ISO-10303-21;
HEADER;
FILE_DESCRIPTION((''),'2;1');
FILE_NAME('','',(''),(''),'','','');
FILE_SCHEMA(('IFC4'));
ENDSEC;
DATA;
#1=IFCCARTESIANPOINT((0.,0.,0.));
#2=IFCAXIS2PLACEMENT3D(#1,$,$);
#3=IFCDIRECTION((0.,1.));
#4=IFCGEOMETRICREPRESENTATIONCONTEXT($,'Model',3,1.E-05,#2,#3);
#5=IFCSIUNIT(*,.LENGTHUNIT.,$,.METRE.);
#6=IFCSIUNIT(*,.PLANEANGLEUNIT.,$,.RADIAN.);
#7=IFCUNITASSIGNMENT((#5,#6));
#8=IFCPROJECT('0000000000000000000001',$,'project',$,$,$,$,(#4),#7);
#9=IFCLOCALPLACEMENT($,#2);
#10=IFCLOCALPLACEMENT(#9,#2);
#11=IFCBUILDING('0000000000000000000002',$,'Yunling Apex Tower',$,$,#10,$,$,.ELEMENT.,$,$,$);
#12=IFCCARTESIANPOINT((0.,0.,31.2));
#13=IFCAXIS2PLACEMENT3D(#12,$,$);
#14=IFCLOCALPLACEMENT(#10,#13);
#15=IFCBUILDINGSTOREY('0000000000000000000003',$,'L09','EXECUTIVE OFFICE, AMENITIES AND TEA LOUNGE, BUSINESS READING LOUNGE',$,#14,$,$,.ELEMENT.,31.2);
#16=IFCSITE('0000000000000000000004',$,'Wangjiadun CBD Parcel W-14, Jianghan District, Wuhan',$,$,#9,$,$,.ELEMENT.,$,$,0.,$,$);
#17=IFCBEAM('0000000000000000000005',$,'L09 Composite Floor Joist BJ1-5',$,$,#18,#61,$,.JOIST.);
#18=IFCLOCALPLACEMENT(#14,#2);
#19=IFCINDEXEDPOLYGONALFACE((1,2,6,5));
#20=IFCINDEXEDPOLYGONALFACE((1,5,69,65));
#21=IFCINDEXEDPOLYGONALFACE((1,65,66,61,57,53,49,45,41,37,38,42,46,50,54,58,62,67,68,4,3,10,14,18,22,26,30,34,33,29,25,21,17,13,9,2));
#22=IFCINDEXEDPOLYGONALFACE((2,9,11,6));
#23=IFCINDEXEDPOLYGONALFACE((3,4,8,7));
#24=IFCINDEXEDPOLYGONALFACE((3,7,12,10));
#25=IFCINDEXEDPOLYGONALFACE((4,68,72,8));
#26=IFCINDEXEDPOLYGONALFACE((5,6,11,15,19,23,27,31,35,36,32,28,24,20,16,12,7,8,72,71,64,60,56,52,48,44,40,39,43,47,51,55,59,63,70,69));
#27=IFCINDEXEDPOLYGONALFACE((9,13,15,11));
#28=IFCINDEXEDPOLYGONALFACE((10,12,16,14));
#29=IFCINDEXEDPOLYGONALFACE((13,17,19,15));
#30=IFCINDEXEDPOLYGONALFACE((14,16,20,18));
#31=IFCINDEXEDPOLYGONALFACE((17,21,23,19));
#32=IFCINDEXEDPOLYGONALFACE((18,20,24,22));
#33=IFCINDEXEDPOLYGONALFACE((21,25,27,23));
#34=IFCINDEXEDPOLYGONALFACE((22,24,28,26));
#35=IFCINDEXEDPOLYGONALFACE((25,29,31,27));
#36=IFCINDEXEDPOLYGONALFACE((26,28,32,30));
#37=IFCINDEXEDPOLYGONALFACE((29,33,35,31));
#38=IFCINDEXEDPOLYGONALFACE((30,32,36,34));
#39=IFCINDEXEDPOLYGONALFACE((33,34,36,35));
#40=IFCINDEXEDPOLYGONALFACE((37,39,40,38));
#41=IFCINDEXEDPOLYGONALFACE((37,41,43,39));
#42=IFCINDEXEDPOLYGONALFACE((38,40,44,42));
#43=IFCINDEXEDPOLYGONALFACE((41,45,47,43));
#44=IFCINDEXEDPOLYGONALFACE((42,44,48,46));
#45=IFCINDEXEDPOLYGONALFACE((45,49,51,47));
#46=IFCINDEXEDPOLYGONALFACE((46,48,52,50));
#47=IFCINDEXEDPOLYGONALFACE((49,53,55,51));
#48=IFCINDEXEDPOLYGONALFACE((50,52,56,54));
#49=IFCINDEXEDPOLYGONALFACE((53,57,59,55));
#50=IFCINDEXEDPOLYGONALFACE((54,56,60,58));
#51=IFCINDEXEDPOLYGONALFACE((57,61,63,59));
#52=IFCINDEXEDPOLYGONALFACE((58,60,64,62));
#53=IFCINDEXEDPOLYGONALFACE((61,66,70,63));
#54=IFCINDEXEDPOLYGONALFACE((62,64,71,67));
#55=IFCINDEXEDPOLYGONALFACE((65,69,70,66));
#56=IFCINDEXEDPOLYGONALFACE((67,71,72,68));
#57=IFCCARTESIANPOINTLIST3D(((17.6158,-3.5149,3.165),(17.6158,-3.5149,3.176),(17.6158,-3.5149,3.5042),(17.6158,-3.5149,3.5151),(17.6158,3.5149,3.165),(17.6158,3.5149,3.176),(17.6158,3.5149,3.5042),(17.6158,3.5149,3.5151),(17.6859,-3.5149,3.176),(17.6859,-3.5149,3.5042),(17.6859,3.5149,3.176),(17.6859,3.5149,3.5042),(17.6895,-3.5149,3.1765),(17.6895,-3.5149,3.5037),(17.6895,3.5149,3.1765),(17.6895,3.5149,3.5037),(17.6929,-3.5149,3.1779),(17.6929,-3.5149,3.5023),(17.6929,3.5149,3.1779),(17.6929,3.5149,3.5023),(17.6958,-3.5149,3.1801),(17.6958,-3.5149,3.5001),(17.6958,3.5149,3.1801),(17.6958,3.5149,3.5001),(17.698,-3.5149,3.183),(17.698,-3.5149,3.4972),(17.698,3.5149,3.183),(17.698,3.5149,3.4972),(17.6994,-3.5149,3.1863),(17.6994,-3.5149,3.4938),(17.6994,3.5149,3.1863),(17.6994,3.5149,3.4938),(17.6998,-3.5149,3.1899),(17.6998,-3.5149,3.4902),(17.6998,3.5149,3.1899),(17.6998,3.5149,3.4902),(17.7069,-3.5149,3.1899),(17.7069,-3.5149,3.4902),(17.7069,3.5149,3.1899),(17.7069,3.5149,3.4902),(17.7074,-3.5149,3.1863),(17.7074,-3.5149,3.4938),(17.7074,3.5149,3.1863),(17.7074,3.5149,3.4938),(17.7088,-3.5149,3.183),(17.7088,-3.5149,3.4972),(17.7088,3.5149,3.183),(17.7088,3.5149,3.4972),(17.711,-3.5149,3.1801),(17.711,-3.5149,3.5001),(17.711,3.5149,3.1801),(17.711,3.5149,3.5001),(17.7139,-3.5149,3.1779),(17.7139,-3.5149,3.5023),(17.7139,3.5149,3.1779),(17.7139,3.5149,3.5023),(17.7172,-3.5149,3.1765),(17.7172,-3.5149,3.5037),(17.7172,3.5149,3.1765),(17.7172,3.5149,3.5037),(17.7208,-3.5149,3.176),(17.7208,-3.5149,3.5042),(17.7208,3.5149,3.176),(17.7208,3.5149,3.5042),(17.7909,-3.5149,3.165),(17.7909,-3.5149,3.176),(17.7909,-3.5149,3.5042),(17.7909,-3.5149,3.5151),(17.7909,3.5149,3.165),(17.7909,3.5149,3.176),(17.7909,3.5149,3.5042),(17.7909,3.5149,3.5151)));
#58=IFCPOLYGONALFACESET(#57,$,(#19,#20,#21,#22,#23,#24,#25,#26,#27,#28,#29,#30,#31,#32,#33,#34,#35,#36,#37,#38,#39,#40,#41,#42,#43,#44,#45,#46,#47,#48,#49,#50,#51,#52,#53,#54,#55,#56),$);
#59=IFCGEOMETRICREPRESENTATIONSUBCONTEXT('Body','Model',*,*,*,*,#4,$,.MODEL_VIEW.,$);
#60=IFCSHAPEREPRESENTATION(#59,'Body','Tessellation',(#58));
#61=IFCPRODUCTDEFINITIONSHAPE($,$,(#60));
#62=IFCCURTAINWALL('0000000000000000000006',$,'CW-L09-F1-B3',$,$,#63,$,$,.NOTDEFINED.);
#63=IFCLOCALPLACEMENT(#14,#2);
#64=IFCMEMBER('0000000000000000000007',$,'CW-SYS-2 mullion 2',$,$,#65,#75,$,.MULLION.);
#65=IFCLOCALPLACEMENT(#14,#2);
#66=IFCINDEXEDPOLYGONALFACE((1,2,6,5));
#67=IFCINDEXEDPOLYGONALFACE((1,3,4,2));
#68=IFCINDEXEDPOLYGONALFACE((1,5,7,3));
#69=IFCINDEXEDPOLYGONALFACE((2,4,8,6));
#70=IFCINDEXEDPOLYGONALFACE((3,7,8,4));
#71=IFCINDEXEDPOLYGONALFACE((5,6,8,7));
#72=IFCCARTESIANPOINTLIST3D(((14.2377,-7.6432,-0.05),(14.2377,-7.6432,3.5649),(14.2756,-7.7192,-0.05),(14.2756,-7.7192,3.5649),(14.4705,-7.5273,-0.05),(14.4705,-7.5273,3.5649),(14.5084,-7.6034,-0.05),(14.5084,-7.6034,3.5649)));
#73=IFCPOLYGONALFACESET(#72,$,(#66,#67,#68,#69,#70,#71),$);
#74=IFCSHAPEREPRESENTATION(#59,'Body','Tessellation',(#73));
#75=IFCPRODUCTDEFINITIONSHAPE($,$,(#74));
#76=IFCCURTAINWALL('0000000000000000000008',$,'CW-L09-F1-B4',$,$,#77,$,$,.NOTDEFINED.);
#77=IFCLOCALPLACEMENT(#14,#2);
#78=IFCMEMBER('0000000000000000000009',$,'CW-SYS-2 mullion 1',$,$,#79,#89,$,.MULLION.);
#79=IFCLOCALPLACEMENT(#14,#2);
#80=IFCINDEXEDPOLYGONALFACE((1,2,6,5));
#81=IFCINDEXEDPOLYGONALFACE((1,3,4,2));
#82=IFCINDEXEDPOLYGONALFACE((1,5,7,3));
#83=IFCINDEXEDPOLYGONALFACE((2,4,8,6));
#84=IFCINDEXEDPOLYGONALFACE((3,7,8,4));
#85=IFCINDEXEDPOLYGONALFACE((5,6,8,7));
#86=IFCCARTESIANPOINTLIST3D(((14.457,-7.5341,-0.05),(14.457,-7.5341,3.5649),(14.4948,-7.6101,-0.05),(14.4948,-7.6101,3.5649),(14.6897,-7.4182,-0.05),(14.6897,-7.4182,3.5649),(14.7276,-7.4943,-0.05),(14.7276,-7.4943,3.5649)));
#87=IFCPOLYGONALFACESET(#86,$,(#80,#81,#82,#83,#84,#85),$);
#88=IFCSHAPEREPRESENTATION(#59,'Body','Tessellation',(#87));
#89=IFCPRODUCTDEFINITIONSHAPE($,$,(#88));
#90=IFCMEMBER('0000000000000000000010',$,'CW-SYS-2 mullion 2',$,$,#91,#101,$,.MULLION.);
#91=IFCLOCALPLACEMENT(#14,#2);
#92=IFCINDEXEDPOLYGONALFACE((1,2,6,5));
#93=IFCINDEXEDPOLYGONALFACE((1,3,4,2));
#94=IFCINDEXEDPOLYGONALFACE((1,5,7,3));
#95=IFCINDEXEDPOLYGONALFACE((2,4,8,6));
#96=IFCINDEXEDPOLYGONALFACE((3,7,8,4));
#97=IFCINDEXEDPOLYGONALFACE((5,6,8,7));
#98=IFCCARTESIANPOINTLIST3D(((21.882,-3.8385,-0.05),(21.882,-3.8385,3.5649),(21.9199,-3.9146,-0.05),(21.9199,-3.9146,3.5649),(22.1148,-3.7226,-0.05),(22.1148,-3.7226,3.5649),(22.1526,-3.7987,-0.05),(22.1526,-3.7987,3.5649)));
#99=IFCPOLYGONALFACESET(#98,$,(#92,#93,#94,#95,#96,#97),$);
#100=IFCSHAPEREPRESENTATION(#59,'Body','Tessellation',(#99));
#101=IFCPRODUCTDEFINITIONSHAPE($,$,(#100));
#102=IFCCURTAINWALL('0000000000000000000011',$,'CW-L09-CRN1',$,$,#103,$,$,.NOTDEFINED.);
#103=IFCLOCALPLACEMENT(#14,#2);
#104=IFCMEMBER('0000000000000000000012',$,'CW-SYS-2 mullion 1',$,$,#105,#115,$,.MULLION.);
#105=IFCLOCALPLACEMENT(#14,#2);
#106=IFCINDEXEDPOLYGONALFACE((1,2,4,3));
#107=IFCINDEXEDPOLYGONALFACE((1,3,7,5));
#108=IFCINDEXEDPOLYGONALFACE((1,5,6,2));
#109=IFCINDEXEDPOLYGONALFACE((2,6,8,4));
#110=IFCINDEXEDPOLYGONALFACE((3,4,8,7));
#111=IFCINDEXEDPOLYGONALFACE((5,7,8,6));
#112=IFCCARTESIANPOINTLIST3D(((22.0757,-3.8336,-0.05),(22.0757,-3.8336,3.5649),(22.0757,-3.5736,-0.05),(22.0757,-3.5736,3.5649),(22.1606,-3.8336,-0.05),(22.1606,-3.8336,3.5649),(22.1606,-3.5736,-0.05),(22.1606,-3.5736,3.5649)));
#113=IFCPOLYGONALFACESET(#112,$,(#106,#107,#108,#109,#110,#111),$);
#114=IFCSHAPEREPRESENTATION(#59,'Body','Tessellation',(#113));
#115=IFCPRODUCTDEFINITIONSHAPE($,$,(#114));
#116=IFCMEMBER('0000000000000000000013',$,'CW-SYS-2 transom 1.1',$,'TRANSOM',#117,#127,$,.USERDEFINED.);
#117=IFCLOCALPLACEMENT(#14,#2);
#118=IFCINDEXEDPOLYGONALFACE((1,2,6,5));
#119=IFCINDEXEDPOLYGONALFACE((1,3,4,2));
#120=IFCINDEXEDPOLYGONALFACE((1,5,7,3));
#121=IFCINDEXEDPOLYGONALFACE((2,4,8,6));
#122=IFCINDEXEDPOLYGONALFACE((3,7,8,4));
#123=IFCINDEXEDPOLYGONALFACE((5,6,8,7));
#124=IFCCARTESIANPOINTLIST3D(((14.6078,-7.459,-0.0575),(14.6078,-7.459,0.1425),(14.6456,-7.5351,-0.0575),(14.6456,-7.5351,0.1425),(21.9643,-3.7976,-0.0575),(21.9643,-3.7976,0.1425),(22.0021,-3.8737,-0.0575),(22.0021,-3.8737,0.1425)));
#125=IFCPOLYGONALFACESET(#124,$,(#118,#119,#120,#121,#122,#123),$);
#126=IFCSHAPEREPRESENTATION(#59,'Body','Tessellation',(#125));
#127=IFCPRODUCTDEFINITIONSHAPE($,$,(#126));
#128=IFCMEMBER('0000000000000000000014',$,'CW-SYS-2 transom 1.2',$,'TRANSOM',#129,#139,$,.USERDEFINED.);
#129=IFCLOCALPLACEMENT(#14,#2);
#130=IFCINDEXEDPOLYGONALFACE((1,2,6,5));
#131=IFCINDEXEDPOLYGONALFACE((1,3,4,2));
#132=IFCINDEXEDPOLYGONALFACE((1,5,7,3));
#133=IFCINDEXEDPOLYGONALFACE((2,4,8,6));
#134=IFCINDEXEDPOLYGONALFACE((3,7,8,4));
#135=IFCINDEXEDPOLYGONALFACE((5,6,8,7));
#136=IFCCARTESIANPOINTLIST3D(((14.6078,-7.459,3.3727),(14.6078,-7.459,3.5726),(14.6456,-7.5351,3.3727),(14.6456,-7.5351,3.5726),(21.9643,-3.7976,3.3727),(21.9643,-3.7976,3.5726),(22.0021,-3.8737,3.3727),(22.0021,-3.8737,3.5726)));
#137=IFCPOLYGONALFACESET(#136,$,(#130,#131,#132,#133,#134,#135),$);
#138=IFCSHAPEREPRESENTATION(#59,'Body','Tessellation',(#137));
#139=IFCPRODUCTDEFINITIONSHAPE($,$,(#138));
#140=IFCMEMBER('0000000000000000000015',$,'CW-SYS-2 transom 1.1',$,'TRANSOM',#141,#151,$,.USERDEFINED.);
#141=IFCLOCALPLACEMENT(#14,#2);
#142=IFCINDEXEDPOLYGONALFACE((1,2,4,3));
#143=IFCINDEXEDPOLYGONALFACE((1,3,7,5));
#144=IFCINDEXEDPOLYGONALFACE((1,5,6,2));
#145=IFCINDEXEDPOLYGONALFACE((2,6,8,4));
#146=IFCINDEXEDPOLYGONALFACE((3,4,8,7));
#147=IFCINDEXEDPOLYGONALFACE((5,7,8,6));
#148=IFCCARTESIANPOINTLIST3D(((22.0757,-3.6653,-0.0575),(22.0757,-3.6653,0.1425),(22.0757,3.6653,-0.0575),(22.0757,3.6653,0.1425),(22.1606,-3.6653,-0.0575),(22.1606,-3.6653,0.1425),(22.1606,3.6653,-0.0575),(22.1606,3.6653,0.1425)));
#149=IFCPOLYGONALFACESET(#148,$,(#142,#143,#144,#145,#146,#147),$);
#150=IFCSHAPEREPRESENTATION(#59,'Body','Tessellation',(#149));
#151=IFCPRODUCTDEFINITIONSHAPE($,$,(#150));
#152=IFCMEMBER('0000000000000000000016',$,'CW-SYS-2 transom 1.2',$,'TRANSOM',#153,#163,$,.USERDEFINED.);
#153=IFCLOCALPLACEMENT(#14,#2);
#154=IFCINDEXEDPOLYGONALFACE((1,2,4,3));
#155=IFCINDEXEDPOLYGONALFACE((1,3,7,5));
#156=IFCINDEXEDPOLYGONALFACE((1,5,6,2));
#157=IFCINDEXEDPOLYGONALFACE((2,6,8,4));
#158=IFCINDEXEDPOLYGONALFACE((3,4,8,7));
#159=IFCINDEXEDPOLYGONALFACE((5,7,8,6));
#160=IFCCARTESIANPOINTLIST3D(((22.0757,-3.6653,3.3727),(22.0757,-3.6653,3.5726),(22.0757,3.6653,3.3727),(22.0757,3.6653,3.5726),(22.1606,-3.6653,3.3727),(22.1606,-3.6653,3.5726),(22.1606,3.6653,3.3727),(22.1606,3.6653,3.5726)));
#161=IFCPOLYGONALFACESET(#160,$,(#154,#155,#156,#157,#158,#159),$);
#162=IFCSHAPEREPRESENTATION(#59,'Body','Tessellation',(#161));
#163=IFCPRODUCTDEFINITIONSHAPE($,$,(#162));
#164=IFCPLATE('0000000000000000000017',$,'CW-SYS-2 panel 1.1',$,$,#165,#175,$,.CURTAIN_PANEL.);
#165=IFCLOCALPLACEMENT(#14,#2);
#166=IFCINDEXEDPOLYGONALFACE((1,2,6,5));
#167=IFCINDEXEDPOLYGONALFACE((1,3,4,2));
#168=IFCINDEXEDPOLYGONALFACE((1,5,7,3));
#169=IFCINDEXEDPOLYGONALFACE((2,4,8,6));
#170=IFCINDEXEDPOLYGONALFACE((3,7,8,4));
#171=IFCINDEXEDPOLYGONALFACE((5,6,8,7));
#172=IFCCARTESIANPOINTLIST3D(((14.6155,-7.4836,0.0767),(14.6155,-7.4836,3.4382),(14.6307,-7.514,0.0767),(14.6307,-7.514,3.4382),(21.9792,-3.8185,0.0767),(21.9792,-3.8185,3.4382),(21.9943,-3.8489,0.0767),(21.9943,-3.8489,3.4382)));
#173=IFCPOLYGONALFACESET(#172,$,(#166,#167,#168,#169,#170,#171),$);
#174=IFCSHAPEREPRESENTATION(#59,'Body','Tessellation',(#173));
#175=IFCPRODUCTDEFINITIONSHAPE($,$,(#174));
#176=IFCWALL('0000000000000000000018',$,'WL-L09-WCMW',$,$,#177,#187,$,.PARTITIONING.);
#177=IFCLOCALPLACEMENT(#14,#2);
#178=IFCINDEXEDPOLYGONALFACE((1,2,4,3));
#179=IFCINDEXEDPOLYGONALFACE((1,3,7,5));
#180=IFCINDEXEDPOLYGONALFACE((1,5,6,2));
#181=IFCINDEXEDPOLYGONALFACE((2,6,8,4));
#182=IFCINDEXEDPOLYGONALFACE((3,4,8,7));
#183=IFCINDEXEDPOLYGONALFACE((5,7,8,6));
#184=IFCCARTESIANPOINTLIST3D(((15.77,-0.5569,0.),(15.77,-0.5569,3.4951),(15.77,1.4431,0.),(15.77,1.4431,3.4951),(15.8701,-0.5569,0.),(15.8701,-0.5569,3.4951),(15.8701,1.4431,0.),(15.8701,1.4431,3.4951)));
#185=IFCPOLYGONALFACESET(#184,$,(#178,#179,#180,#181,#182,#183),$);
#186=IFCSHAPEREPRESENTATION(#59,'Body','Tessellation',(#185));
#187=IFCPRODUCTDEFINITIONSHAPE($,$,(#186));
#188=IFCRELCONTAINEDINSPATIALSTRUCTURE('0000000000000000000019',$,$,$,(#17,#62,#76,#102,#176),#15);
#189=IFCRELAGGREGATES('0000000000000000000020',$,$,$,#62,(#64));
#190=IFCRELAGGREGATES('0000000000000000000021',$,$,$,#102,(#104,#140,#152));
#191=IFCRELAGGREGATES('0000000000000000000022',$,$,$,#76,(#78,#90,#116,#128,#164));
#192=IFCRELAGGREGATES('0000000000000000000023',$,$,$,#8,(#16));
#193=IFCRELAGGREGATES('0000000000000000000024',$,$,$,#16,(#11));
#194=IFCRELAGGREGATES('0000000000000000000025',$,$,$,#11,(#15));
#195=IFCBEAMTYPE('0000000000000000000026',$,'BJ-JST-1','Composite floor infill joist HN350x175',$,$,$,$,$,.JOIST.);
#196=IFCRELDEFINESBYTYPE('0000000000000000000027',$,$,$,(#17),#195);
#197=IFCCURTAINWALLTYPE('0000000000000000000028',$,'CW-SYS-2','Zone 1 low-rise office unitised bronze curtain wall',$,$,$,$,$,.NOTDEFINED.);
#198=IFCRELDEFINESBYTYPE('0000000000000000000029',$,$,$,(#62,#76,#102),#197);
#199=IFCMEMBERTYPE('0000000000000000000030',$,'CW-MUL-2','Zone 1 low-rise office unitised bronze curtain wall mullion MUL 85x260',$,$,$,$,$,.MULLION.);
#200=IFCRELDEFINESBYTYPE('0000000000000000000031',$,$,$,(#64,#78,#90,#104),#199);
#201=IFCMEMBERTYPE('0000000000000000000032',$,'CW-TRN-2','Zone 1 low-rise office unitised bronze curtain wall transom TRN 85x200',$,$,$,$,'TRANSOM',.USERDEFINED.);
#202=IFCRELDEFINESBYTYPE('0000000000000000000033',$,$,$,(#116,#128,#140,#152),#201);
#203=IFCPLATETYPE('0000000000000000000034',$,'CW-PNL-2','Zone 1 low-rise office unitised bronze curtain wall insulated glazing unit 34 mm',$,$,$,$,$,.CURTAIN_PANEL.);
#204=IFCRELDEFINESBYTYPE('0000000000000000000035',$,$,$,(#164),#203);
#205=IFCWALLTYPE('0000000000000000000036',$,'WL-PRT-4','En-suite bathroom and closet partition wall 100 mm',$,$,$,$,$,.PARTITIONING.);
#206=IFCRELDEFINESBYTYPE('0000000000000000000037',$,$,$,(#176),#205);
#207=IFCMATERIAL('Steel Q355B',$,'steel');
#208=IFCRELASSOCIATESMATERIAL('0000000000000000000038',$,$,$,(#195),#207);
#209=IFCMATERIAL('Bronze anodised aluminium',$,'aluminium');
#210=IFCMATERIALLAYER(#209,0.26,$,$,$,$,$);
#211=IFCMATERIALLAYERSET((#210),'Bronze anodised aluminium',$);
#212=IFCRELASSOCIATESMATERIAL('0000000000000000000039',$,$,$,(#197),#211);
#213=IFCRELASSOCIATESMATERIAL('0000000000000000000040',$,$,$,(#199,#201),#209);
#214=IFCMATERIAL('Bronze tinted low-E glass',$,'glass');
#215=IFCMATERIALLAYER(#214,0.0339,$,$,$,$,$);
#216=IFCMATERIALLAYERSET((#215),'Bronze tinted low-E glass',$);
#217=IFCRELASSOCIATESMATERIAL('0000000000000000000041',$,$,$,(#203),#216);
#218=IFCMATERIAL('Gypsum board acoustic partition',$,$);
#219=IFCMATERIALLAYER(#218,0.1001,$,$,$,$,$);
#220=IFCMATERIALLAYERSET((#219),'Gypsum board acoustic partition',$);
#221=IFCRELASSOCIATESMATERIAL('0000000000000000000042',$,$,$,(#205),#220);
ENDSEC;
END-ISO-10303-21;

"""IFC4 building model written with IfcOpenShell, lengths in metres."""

from ifc_helpers import new_model, si_unit, direction, frame, frame_2d, origin, origin_2d, place, context, subcontext, project, spatial, rectangle, i_section, extrude, source, transform, mapped, material, layer, layer_set, material_profile, profile_set, type_object, element, aggregate, save


model = new_model("IFC4")

# Units and contexts
model_context = context("Model", 3, precision=1e-05, world=origin(), true_north=direction((0.0, 1.0)))
body_context = subcontext(model_context, "Body", "Model", "MODEL_VIEW")
ifc_project = project(units=[si_unit("LENGTHUNIT", "METRE"), si_unit("PLANEANGLEUNIT", "RADIAN")], contexts=[model_context])

# Site, building, storey
site_placement = place(None, origin())
site = spatial("IfcSite", under=ifc_project, at=site_placement, Name="Wangjiadun CBD Parcel W-14, Jianghan District, Wuhan", CompositionType="ELEMENT", RefElevation=0.0)
building_placement = place(site_placement, origin())
building = spatial("IfcBuilding", under=site, at=building_placement, Name="Yunling Apex Tower", CompositionType="ELEMENT")
storey_placement = place(building_placement, frame((0.0, 0.0, 31.2)))
storey = spatial("IfcBuildingStorey", under=building, at=storey_placement, Name="L09", Description="EXECUTIVE OFFICE, AMENITIES AND TEA LOUNGE, BUSINESS READING LOUNGE", CompositionType="ELEMENT", Elevation=31.2)

# Beam
ifc_material_1 = material(Name="Steel Q355B", Category="steel")
ifc_material_profile_1 = material_profile(ifc_material_1, i_section(OverallWidth=0.175, OverallDepth=0.3501, WebThickness=0.0071, FlangeThickness=0.011, FilletRadius=0.0139, at=origin_2d()))
ifc_profile_set_1 = profile_set([ifc_material_profile_1], Name="Steel Q355B")
beam_type_1 = type_object("IfcBeamType", Name="BJ-JST-1", Description="Composite floor infill joist HN350x175", PredefinedType="JOIST", material=ifc_profile_set_1)
shared_shape_1 = source(origin(), body_context, "Body", "SweptSolid", [
    extrude(i_section(OverallWidth=0.175, OverallDepth=0.3501, WebThickness=0.0071, FlangeThickness=0.011, FilletRadius=0.0139, at=origin_2d()), origin(), (0.0, 0.0, 1.0), 7.0298),
])
beam_1_placement = place(storey_placement, frame((17.7034, -3.5149, 3.3401), z_axis=(0.0, 1.0, 0.0), x_axis=(-1.0, 0.0, 0.0)))
element("IfcBeam", 1, at=beam_1_placement, inside=storey, type_object=beam_type_1, Name="L09 Composite Floor Joist BJ1-5", PredefinedType="JOIST", context=body_context, shape_type="MappedRepresentation", body=[
    mapped(shared_shape_1, transform((0.0, 0.0, 0.0), scale=1.0)),
])

# Curtain wall, member
ifc_material_2 = material(Name="Bronze anodised aluminium", Category="aluminium")
ifc_layer_1 = layer(ifc_material_2, 0.26)
ifc_layer_set_1 = layer_set([ifc_layer_1], Name="Bronze anodised aluminium")
curtain_wall_type = type_object("IfcCurtainWallType", Name="CW-SYS-2", Description="Zone 1 low-rise office unitised bronze curtain wall", PredefinedType="NOTDEFINED", material=ifc_layer_set_1)
curtain_wall_1_placement = place(storey_placement, origin())
curtain_wall_1 = element("IfcCurtainWall", 2, at=curtain_wall_1_placement, inside=storey, type_object=curtain_wall_type, Name="CW-L09-F1-B3", PredefinedType="NOTDEFINED")
ifc_material_profile_2 = material_profile(ifc_material_2, rectangle(XDim=0.085, YDim=0.26, at=origin_2d()))
ifc_profile_set_2 = profile_set([ifc_material_profile_2], Name="Bronze anodised aluminium")
member_type_1 = type_object("IfcMemberType", Name="CW-MUL-2", Description="Zone 1 low-rise office unitised bronze curtain wall mullion MUL 85x260", PredefinedType="MULLION", material=ifc_profile_set_2)
shared_shape_2 = source(origin(), body_context, "Body", "SweptSolid", [
    extrude(rectangle(XDim=0.085, YDim=0.26, at=origin_2d()), origin(), (0.0, 0.0, 1.0), 3.615),
])
member_1_placement = place(storey_placement, frame((14.373, -7.6233, -0.05), z_axis=(0.0, 0.0, 1.0), x_axis=(-0.445571, 0.895247, 0.0)))
member_1 = element("IfcMember", 3, at=member_1_placement, type_object=member_type_1, Name="CW-SYS-2 mullion 2", PredefinedType="MULLION", context=body_context, shape_type="MappedRepresentation", body=[
    mapped(shared_shape_2, transform((0.0, 0.0, 0.0), scale=1.0)),
])
aggregate(curtain_wall_1, [member_1])

# Curtain wall, members
curtain_wall_2_placement = place(storey_placement, origin())
curtain_wall_2 = element("IfcCurtainWall", 4, at=curtain_wall_2_placement, inside=storey, type_object=curtain_wall_type, Name="CW-L09-F1-B4", PredefinedType="NOTDEFINED")
member_2_placement = place(storey_placement, frame((14.5923, -7.5142, -0.05), z_axis=(0.0, 0.0, 1.0), x_axis=(-0.44558, 0.895242, 0.0)))
member_2 = element("IfcMember", 5, at=member_2_placement, type_object=member_type_1, Name="CW-SYS-2 mullion 1", PredefinedType="MULLION", context=body_context, shape_type="MappedRepresentation", body=[
    mapped(shared_shape_2, transform((0.0, 0.0, 0.0), scale=1.0)),
])
member_3_placement = place(storey_placement, frame((22.0173, -3.8186, -0.05), z_axis=(0.0, 0.0, 1.0), x_axis=(-0.44558, 0.895242, 0.0)))
member_3 = element("IfcMember", 6, at=member_3_placement, type_object=member_type_1, Name="CW-SYS-2 mullion 2", PredefinedType="MULLION", context=body_context, shape_type="MappedRepresentation", body=[
    mapped(shared_shape_2, transform((0.0, 0.0, 0.0), scale=1.0)),
])

# Curtain wall, member
curtain_wall_3_placement = place(storey_placement, origin())
curtain_wall_3 = element("IfcCurtainWall", 7, at=curtain_wall_3_placement, inside=storey, type_object=curtain_wall_type, Name="CW-L09-CRN1", PredefinedType="NOTDEFINED")
member_4_placement = place(storey_placement, frame((22.1182, -3.7036, -0.05), z_axis=(0.0, 0.0, 1.0), x_axis=(-1.0, 0.0, 0.0)))
member_4 = element("IfcMember", 8, at=member_4_placement, type_object=member_type_1, Name="CW-SYS-2 mullion 1", PredefinedType="MULLION", context=body_context, shape_type="MappedRepresentation", body=[
    mapped(shared_shape_2, transform((0.0, 0.0, 0.0), scale=1.0)),
])

# Members
ifc_material_profile_3 = material_profile(ifc_material_2, rectangle(XDim=0.085, YDim=0.2, at=origin_2d()))
ifc_profile_set_3 = profile_set([ifc_material_profile_3], Name="Bronze anodised aluminium")
member_type_2 = type_object("IfcMemberType", Name="CW-TRN-2", Description="Zone 1 low-rise office unitised bronze curtain wall transom TRN 85x200", ElementType="TRANSOM", PredefinedType="USERDEFINED", material=ifc_profile_set_3)
shared_shape_3 = source(origin(), body_context, "Body", "SweptSolid", [
    extrude(rectangle(XDim=0.085, YDim=0.2, at=origin_2d()), origin(), (0.0, 0.0, 1.0), 8.2173),
])
member_5_placement = place(storey_placement, frame((14.6267, -7.4971, 0.0425), z_axis=(0.895246, 0.445573, 0.0), x_axis=(-0.445573, 0.895246, 0.0)))
member_5 = element("IfcMember", 9, at=member_5_placement, type_object=member_type_2, Name="CW-SYS-2 transom 1.1", ObjectType="TRANSOM", PredefinedType="USERDEFINED", context=body_context, shape_type="MappedRepresentation", body=[
    mapped(shared_shape_3, transform((0.0, 0.0, 0.0), scale=1.0)),
])
member_6_placement = place(storey_placement, frame((14.6267, -7.4971, 3.4727), z_axis=(0.895246, 0.445573, 0.0), x_axis=(-0.445573, 0.895246, 0.0)))
member_6 = element("IfcMember", 10, at=member_6_placement, type_object=member_type_2, Name="CW-SYS-2 transom 1.2", ObjectType="TRANSOM", PredefinedType="USERDEFINED", context=body_context, shape_type="MappedRepresentation", body=[
    mapped(shared_shape_3, transform((0.0, 0.0, 0.0), scale=1.0)),
])
shared_shape_4 = source(origin(), body_context, "Body", "SweptSolid", [
    extrude(rectangle(XDim=0.085, YDim=0.2, at=origin_2d()), origin(), (0.0, 0.0, 1.0), 7.3306),
])
member_7_placement = place(storey_placement, frame((22.1182, -3.6653, 0.0425), z_axis=(0.0, 1.0, 0.0), x_axis=(-1.0, 0.0, 0.0)))
member_7 = element("IfcMember", 11, at=member_7_placement, type_object=member_type_2, Name="CW-SYS-2 transom 1.1", ObjectType="TRANSOM", PredefinedType="USERDEFINED", context=body_context, shape_type="MappedRepresentation", body=[
    mapped(shared_shape_4, transform((0.0, 0.0, 0.0), scale=1.0)),
])
member_8_placement = place(storey_placement, frame((22.1182, -3.6653, 3.4727), z_axis=(0.0, 1.0, 0.0), x_axis=(-1.0, 0.0, 0.0)))
member_8 = element("IfcMember", 12, at=member_8_placement, type_object=member_type_2, Name="CW-SYS-2 transom 1.2", ObjectType="TRANSOM", PredefinedType="USERDEFINED", context=body_context, shape_type="MappedRepresentation", body=[
    mapped(shared_shape_4, transform((0.0, 0.0, 0.0), scale=1.0)),
])
aggregate(curtain_wall_3, [member_4, member_7, member_8])

# Plate
ifc_material_3 = material(Name="Bronze tinted low-E glass", Category="glass")
ifc_layer_2 = layer(ifc_material_3, 0.0339)
ifc_layer_set_2 = layer_set([ifc_layer_2], Name="Bronze tinted low-E glass")
plate_type = type_object("IfcPlateType", Name="CW-PNL-2", Description="Zone 1 low-rise office unitised bronze curtain wall insulated glazing unit 34 mm", PredefinedType="CURTAIN_PANEL", material=ifc_layer_set_2)
shared_shape_5 = source(origin(), body_context, "Body", "SweptSolid", [
    extrude(rectangle(XDim=8.2253, YDim=0.0339, at=origin_2d()), origin(), (0.0, 0.0, 1.0), 3.3616),
])
plate_placement = place(storey_placement, frame((18.3049, -5.6663, 0.0767), z_axis=(0.0, 0.0, 1.0), x_axis=(0.895242, 0.44558, 0.0)))
plate = element("IfcPlate", 13, at=plate_placement, type_object=plate_type, Name="CW-SYS-2 panel 1.1", PredefinedType="CURTAIN_PANEL", context=body_context, shape_type="MappedRepresentation", body=[
    mapped(shared_shape_5, transform((0.0, 0.0, 0.0), scale=1.0)),
])
aggregate(curtain_wall_2, [member_2, member_3, member_5, member_6, plate])

# Wall
ifc_material_4 = material(Name="Gypsum board acoustic partition")
ifc_layer_3 = layer(ifc_material_4, 0.1001)
ifc_layer_set_3 = layer_set([ifc_layer_3], Name="Gypsum board acoustic partition")
wall_type = type_object("IfcWallType", Name="WL-PRT-4", Description="En-suite bathroom and closet partition wall 100 mm", PredefinedType="PARTITIONING", material=ifc_layer_set_3)
wall_1_placement = place(storey_placement, frame((15.8201, -0.5569, 0.0), z_axis=(0.0, 0.0, 1.0), x_axis=(0.0, 1.0, 0.0)))
element("IfcWall", 14, at=wall_1_placement, inside=storey, type_object=wall_type, Name="WL-L09-WCMW", PredefinedType="PARTITIONING", context=body_context, shape_type="SweptSolid", body=[
    extrude(rectangle(XDim=2.0, YDim=0.1001, at=frame_2d((1.0, 0.0))), origin(), (0.0, 0.0, 1.0), 3.4951),
])

save(model, "model.ifc")
